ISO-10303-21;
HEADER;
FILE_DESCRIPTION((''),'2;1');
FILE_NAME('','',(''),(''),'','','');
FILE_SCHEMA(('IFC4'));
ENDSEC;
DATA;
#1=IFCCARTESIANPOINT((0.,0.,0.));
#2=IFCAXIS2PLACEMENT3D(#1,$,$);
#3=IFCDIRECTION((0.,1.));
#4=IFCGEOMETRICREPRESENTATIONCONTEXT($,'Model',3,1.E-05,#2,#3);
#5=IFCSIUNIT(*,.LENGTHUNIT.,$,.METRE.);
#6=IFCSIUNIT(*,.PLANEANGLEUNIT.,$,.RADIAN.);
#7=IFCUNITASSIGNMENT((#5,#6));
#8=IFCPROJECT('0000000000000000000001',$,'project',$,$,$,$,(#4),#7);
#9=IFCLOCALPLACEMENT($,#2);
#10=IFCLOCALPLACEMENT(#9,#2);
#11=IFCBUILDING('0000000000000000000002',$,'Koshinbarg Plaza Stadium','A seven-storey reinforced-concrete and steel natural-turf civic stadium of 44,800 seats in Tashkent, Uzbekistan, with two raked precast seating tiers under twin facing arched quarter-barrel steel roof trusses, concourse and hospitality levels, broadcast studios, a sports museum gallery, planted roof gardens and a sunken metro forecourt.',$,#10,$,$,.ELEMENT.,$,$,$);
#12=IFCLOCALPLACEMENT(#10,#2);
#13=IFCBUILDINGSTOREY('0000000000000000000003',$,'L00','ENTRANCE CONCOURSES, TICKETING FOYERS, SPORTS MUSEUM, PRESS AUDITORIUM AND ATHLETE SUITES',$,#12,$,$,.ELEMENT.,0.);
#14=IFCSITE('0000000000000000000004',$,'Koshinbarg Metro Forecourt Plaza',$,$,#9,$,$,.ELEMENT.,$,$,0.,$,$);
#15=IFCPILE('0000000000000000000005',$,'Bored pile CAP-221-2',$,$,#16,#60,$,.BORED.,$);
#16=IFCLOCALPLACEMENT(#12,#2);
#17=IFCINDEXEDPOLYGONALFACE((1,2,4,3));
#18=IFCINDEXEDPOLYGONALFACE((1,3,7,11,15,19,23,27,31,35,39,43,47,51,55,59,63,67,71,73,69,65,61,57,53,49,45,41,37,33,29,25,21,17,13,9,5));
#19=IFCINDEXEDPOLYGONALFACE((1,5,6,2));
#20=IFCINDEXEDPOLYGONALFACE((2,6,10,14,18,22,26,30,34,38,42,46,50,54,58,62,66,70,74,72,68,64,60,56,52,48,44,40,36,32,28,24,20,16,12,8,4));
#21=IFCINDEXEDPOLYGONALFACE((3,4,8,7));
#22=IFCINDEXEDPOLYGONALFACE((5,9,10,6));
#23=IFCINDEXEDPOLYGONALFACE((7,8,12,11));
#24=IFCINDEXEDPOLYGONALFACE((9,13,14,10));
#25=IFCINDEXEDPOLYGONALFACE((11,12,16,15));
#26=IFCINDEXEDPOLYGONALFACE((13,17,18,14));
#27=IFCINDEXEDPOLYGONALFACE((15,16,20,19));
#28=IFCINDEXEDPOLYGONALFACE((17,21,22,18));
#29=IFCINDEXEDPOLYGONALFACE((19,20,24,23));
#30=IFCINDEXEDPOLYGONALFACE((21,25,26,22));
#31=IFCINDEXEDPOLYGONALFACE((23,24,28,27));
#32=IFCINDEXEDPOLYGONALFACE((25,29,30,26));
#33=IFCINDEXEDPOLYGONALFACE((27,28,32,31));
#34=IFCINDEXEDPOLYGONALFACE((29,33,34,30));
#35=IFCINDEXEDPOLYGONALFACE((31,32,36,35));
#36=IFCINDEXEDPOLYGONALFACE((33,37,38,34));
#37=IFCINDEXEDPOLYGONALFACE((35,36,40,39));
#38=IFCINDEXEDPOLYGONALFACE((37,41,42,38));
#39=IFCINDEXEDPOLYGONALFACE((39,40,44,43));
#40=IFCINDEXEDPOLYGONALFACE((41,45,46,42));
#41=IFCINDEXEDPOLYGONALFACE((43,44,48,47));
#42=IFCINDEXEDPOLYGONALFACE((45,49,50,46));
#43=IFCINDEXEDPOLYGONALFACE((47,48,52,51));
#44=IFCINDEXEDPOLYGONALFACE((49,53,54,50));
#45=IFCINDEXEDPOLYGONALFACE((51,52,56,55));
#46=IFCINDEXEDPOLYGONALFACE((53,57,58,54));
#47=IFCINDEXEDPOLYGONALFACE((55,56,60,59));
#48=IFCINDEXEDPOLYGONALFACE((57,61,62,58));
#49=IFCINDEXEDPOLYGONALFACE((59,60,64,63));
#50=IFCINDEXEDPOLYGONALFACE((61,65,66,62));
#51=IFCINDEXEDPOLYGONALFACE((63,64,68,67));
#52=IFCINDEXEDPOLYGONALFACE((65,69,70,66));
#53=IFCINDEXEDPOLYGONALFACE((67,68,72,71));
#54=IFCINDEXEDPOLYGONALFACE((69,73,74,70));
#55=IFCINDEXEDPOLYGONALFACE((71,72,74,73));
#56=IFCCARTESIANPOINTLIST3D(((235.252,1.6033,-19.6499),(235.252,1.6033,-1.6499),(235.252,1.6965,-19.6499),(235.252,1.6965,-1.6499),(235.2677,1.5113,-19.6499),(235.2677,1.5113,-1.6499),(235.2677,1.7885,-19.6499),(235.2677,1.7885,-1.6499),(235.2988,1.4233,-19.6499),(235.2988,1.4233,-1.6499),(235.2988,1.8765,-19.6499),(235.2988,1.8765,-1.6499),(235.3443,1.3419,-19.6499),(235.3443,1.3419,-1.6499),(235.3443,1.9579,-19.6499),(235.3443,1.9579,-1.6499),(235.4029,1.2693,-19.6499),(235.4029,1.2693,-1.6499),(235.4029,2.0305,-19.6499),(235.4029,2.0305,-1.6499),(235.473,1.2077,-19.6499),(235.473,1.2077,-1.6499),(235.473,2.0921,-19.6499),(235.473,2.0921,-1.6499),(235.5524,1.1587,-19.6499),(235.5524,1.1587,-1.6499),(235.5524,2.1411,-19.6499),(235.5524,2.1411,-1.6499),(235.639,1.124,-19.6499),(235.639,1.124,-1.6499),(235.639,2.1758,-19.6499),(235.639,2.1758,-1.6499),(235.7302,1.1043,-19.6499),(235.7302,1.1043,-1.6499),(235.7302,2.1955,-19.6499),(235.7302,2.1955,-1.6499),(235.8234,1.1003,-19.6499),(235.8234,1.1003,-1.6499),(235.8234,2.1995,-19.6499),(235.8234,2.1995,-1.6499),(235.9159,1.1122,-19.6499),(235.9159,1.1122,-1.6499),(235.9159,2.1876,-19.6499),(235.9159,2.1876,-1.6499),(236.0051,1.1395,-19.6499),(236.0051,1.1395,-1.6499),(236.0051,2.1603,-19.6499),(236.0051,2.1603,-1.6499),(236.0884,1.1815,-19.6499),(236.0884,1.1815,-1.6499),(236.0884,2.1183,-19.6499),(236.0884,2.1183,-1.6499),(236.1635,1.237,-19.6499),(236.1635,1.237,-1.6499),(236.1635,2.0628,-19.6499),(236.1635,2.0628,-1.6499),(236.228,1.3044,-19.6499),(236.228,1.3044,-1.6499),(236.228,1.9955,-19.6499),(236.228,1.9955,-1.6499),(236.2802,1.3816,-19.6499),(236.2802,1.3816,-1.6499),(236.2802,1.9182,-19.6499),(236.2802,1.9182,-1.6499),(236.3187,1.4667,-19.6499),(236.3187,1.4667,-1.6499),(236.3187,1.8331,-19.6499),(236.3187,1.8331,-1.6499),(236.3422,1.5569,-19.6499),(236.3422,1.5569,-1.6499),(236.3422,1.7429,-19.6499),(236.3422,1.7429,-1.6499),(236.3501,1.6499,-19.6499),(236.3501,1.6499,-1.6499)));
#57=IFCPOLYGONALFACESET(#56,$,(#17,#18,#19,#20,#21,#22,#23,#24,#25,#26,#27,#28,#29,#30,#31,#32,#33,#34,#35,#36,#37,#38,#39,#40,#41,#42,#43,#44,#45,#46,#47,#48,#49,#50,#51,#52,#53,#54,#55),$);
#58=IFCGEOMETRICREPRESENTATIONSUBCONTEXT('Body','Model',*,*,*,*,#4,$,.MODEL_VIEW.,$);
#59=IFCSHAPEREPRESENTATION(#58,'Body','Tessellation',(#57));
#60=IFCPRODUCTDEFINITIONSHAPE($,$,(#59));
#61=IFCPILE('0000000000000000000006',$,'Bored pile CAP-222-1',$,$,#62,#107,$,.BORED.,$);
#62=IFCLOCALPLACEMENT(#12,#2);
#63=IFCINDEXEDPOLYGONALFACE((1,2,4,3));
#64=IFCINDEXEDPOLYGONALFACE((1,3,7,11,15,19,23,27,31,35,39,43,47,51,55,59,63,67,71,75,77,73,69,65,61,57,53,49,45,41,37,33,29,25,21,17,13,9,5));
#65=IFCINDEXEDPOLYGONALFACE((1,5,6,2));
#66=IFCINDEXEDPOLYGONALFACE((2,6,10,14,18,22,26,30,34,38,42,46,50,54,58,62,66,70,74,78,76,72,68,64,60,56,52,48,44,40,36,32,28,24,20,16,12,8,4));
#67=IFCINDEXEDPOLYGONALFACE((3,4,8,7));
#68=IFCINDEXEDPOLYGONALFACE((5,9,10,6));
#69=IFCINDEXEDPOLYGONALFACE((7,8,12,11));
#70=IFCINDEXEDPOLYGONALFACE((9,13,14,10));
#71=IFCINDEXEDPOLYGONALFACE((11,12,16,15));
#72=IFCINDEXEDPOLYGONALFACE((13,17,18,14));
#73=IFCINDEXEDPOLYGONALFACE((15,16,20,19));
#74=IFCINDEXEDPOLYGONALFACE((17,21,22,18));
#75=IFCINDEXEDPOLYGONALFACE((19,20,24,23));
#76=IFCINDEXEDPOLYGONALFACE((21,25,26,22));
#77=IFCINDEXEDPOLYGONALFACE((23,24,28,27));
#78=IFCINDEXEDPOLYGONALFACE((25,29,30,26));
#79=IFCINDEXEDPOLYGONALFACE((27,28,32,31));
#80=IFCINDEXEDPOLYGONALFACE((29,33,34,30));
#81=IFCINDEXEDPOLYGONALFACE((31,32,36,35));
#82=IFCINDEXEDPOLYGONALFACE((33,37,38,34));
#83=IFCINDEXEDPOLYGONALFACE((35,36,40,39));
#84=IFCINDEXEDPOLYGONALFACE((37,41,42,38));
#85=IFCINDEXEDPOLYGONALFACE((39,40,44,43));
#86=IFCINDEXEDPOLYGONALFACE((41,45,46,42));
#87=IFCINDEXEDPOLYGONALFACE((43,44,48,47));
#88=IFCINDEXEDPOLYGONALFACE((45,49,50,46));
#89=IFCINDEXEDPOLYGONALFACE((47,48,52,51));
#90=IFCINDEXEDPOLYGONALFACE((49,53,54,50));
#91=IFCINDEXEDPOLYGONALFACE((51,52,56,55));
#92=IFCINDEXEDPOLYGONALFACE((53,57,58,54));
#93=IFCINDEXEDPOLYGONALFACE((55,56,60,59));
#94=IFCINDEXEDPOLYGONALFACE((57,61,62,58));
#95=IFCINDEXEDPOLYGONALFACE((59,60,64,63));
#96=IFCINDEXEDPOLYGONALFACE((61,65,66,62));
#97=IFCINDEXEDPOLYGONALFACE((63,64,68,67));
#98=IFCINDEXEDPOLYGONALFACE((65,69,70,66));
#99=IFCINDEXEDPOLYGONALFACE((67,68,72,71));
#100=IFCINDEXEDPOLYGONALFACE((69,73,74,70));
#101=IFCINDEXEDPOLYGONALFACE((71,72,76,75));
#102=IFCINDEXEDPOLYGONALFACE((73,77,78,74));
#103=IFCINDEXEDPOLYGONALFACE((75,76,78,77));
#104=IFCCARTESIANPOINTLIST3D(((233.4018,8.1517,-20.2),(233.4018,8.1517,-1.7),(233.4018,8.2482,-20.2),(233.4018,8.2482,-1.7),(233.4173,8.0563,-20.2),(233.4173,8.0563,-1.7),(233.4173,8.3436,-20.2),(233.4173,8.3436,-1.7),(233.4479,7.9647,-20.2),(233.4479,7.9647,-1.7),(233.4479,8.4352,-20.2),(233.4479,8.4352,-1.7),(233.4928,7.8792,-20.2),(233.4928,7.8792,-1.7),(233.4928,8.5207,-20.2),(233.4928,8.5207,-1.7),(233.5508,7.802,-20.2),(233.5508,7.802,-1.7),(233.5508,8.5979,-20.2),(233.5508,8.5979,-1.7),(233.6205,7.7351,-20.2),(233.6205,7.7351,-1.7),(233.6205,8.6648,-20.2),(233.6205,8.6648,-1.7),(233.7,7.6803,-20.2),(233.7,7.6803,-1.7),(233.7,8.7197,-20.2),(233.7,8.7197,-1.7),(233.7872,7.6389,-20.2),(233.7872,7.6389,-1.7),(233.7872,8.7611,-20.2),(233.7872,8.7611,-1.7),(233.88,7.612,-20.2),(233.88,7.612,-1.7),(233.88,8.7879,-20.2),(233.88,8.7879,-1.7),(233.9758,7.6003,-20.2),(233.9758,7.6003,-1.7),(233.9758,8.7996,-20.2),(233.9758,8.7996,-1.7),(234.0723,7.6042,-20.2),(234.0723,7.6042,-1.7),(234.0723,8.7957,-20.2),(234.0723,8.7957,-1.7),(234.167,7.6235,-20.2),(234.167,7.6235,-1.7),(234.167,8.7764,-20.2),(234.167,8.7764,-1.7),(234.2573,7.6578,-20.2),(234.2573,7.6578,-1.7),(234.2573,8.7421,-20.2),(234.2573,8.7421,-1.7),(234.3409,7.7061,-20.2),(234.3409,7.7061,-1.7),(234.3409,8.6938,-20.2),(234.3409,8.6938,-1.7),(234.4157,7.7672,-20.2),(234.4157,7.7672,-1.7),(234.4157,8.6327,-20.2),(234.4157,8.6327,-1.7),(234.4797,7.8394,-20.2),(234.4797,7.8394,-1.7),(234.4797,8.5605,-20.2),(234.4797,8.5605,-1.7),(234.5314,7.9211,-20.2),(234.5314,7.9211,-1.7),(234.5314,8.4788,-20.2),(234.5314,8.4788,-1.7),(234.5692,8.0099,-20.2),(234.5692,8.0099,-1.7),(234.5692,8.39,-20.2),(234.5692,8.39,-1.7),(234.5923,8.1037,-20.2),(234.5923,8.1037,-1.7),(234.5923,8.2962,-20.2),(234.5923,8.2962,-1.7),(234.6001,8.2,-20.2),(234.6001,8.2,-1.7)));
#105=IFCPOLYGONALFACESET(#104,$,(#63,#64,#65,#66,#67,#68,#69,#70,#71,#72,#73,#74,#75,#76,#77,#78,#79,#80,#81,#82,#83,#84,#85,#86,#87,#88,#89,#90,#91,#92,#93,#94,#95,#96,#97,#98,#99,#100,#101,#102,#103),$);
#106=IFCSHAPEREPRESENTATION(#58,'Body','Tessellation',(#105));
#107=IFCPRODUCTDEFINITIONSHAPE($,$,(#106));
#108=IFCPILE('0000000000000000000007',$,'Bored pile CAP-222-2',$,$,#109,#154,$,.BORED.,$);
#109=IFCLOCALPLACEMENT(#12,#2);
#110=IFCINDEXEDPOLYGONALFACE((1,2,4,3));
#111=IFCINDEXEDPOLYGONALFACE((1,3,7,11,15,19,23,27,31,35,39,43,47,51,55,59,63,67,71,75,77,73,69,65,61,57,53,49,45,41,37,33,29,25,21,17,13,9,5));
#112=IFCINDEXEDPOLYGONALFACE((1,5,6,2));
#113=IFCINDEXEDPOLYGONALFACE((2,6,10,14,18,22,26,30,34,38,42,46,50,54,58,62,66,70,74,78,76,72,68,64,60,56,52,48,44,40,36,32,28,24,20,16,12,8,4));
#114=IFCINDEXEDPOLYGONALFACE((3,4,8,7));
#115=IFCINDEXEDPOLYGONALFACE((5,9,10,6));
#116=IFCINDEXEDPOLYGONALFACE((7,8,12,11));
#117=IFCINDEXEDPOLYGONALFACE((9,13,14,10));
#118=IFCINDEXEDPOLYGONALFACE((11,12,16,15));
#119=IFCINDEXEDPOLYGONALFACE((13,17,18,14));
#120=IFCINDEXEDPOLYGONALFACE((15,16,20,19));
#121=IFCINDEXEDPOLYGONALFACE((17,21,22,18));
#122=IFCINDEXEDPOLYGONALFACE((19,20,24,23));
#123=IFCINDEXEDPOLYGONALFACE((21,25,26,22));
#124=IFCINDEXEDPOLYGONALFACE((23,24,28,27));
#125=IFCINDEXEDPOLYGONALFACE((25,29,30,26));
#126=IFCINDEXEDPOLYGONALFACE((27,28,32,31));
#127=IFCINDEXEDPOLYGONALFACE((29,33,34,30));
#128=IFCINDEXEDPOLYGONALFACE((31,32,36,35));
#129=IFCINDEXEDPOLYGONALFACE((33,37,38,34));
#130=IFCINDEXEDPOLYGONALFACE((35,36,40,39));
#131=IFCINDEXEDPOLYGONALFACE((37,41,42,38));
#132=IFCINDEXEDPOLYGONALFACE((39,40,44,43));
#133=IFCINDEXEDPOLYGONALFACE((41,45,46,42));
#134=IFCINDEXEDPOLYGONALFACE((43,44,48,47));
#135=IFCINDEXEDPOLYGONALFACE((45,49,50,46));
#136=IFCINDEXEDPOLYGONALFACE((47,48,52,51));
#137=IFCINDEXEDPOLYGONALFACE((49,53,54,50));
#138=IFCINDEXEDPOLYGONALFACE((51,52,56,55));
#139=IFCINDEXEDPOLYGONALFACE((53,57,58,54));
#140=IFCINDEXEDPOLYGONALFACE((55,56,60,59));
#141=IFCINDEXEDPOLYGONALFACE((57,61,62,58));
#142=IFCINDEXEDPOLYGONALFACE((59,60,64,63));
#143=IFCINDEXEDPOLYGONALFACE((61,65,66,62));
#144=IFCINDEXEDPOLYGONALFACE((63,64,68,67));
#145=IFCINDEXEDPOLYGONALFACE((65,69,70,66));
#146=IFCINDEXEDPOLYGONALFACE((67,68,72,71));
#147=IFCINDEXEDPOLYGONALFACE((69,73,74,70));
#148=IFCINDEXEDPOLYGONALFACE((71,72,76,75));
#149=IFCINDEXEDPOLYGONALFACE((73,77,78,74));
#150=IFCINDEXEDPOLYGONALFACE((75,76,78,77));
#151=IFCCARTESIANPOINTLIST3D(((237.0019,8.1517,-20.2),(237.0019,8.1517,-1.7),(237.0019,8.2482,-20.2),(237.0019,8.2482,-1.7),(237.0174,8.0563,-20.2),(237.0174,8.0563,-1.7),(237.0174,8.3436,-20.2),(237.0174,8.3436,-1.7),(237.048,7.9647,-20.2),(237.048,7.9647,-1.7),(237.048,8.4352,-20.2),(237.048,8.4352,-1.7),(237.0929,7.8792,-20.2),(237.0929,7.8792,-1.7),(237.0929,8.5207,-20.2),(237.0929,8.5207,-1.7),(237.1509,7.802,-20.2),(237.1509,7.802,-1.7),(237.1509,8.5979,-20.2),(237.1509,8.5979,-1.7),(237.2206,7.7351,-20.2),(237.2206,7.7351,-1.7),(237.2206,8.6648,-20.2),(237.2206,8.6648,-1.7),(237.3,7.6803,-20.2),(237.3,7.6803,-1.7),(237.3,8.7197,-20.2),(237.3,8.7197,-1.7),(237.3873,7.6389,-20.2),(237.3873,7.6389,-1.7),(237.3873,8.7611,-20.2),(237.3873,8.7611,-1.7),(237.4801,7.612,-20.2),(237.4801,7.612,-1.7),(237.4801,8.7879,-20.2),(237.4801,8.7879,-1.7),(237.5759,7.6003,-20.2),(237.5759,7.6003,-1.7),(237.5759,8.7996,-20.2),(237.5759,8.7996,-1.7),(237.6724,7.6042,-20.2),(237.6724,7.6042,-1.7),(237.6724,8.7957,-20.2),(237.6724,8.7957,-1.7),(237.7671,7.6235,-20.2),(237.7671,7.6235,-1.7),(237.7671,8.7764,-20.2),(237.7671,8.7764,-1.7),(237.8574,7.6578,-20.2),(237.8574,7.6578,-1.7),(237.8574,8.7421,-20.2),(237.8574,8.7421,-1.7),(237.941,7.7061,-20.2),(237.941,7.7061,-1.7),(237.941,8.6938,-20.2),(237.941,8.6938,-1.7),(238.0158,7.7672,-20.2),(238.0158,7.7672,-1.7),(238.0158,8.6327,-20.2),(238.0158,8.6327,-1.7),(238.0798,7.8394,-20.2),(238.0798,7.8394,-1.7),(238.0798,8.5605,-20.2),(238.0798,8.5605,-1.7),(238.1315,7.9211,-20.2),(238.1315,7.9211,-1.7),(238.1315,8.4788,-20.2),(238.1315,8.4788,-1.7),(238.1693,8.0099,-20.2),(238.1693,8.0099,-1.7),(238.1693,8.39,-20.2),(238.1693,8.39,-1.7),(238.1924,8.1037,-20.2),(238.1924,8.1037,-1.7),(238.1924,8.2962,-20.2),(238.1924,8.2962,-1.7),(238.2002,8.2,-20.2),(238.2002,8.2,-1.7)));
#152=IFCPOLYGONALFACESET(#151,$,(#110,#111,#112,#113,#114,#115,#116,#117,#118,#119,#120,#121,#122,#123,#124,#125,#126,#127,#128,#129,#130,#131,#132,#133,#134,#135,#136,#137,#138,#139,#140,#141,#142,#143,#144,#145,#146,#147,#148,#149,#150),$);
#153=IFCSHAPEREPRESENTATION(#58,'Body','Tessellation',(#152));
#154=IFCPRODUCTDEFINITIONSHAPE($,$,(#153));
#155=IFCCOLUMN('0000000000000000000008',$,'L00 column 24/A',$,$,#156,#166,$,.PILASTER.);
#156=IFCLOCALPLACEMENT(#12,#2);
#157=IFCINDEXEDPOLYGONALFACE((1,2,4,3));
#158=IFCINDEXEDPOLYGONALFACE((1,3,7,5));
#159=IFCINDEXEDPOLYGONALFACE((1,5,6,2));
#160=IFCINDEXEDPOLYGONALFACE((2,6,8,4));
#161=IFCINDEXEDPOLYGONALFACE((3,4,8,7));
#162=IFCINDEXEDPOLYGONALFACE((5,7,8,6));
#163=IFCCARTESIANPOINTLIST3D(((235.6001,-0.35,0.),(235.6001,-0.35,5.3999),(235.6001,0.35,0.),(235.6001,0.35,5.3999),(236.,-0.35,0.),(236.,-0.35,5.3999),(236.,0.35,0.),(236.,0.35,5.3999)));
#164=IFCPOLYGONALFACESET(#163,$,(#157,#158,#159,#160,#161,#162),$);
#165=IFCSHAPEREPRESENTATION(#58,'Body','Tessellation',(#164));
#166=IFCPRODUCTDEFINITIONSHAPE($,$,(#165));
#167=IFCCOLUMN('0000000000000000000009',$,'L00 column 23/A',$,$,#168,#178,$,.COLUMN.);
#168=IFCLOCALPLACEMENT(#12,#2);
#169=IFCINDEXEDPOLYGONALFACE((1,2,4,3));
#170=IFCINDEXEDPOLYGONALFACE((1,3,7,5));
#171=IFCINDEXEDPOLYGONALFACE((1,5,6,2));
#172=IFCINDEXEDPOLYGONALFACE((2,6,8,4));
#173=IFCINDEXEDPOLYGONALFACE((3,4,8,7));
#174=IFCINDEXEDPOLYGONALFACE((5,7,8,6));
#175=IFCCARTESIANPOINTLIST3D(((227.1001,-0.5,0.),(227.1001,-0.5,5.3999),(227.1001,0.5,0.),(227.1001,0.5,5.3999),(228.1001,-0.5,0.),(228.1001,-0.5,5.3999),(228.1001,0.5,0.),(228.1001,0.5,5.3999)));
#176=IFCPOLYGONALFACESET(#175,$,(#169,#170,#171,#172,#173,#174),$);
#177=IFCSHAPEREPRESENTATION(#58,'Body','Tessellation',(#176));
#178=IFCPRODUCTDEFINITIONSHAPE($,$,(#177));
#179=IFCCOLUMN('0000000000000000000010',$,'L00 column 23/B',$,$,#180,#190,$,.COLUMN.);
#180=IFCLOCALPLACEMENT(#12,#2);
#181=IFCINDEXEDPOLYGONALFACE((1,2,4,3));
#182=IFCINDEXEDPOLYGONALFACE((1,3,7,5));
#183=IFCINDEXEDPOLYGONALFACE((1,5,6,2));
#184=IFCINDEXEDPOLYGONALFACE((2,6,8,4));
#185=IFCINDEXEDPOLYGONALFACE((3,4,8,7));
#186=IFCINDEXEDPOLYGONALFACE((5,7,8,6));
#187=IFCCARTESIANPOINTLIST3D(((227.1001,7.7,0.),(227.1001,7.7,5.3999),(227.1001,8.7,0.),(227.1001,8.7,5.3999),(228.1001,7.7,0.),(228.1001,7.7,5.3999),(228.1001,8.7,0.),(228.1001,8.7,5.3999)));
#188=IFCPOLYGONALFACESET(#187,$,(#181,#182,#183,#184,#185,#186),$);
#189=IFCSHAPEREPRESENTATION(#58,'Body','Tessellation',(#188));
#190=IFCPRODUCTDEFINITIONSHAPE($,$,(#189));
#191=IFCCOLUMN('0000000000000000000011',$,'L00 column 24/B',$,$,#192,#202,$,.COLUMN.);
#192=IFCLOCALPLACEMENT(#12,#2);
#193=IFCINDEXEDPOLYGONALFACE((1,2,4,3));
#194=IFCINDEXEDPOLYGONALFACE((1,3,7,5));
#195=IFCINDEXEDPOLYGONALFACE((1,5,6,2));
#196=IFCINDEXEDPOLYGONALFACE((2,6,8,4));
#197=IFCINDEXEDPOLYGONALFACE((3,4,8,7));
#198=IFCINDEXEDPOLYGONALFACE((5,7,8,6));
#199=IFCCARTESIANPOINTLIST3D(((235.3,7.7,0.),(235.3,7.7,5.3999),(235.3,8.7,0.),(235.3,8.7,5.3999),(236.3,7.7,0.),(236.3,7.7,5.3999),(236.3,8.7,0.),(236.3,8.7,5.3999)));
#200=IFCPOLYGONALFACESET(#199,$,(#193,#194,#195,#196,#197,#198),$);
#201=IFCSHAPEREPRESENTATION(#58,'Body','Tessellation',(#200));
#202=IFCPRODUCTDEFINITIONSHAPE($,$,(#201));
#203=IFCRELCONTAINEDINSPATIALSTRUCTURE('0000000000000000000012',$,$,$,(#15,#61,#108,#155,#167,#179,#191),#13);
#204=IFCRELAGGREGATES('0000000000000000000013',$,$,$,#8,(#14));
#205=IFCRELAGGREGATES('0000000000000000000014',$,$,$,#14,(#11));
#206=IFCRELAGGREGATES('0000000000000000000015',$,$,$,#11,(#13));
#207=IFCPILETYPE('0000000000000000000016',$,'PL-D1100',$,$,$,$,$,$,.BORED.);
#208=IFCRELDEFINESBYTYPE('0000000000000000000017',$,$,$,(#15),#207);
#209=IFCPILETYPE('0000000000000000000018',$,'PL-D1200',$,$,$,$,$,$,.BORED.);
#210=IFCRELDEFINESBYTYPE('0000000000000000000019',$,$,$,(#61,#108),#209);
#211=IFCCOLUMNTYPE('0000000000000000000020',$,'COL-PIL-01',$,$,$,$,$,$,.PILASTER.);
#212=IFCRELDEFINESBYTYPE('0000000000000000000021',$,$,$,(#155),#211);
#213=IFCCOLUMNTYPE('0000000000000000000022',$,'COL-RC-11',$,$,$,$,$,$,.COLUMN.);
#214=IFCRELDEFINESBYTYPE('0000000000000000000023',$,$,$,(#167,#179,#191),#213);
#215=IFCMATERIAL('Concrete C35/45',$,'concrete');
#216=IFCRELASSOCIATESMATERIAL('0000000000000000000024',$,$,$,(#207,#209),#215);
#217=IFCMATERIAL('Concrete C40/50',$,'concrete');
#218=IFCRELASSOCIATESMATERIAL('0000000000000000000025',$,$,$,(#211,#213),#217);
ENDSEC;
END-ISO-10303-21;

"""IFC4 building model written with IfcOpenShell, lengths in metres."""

from ifc_helpers import new_model, si_unit, direction, frame, origin, origin_2d, place, context, subcontext, project, spatial, rectangle, circle, extrude, material, material_profile, profile_set, type_object, element, save


model = new_model("IFC4")

# Units and contexts
model_context = context("Model", 3, precision=1e-05, world=origin(), true_north=direction((0.0, 1.0)))
body_context = subcontext(model_context, "Body", "Model", "MODEL_VIEW")
ifc_project = project(units=[si_unit("LENGTHUNIT", "METRE"), si_unit("PLANEANGLEUNIT", "RADIAN")], contexts=[model_context])

# Site, building, storey
site_placement = place(None, origin())
site = spatial("IfcSite", under=ifc_project, at=site_placement, Name="Koshinbarg Metro Forecourt Plaza", CompositionType="ELEMENT", RefElevation=0.0)
building_placement = place(site_placement, origin())
building = spatial("IfcBuilding", under=site, at=building_placement, Name="Koshinbarg Plaza Stadium", Description="A seven-storey reinforced-concrete and steel natural-turf civic stadium of 44,800 seats in Tashkent, Uzbekistan, with two raked precast seating tiers under twin facing arched quarter-barrel steel roof trusses, concourse and hospitality levels, broadcast studios, a sports museum gallery, planted roof gardens and a sunken metro forecourt.", CompositionType="ELEMENT")
storey_placement = place(building_placement, origin())
storey = spatial("IfcBuildingStorey", under=building, at=storey_placement, Name="L00", Description="ENTRANCE CONCOURSES, TICKETING FOYERS, SPORTS MUSEUM, PRESS AUDITORIUM AND ATHLETE SUITES", CompositionType="ELEMENT", Elevation=0.0)

# Shared definitions
ifc_material_1 = material(Name="Concrete C35/45", Category="concrete")

# Piles
ifc_material_profile_1 = material_profile(ifc_material_1, circle(Radius=0.55, at=origin_2d()), Name="PILE D1100")
ifc_profile_set_1 = profile_set([ifc_material_profile_1], Name="Concrete C35/45")
pile_type_1 = type_object("IfcPileType", Name="PL-D1100", PredefinedType="BORED", material=ifc_profile_set_1)
for number, where, z_axis, x_axis, name in (
    (1, (235.8, 1.6499, -1.6499), (0.0, 0.0, -1.0), (1.0, 0.0, 0.0), "Bored pile CAP-221-2"),
):
    element("IfcPile", number, at=place(storey_placement, frame(where, z_axis=z_axis, x_axis=x_axis)), inside=storey, type_object=pile_type_1, Name=name, PredefinedType="BORED", context=body_context, shape_type="SweptSolid", body=[
        extrude(circle(Radius=0.55, at=origin_2d()), origin(), (0.0, 0.0, 1.0), 18.0),
    ])
ifc_material_profile_2 = material_profile(ifc_material_1, circle(Radius=0.6001, at=origin_2d()), Name="PILE D1200")
ifc_profile_set_2 = profile_set([ifc_material_profile_2], Name="Concrete C35/45")
pile_type_2 = type_object("IfcPileType", Name="PL-D1200", PredefinedType="BORED", material=ifc_profile_set_2)
for number, where, z_axis, x_axis, name in (
    (2, (234.0, 8.2, -1.7), (0.0, 0.0, -1.0), (1.0, 0.0, 0.0), "Bored pile CAP-222-1"),
    (3, (237.6001, 8.2, -1.7), (0.0, 0.0, -1.0), (1.0, 0.0, 0.0), "Bored pile CAP-222-2"),
):
    element("IfcPile", number, at=place(storey_placement, frame(where, z_axis=z_axis, x_axis=x_axis)), inside=storey, type_object=pile_type_2, Name=name, PredefinedType="BORED", context=body_context, shape_type="SweptSolid", body=[
        extrude(circle(Radius=0.6001, at=origin_2d()), origin(), (0.0, 0.0, 1.0), 18.5),
    ])

# Columns
ifc_material_2 = material(Name="Concrete C40/50", Category="concrete")
ifc_material_profile_3 = material_profile(ifc_material_2, rectangle(XDim=0.3999, YDim=0.7, at=origin_2d()), Name="PIL 400x700")
ifc_profile_set_3 = profile_set([ifc_material_profile_3], Name="Concrete C40/50")
column_type_1 = type_object("IfcColumnType", Name="COL-PIL-01", PredefinedType="PILASTER", material=ifc_profile_set_3)
column_placement = place(storey_placement, frame((235.8, 0.0, 0.0), z_axis=(0.0, 0.0, 1.0), x_axis=(1.0, 0.0, 0.0)))
element("IfcColumn", 4, at=column_placement, inside=storey, type_object=column_type_1, Name="L00 column 24/A", PredefinedType="PILASTER", context=body_context, shape_type="SweptSolid", body=[
    extrude(rectangle(XDim=0.3999, YDim=0.7, at=origin_2d()), origin(), (0.0, 0.0, 1.0), 5.3999),
])
ifc_material_profile_4 = material_profile(ifc_material_2, rectangle(XDim=1.0, YDim=1.0, at=origin_2d()), Name="RC 1000x1000")
ifc_profile_set_4 = profile_set([ifc_material_profile_4], Name="Concrete C40/50")
column_type_2 = type_object("IfcColumnType", Name="COL-RC-11", PredefinedType="COLUMN", material=ifc_profile_set_4)
for number, where, z_axis, x_axis, name in (
    (5, (227.6001, 0.0, 0.0), (0.0, 0.0, 1.0), (1.0, 0.0, 0.0), "L00 column 23/A"),
    (6, (227.6001, 8.2, 0.0), (0.0, 0.0, 1.0), (1.0, 0.0, 0.0), "L00 column 23/B"),
    (7, (235.8, 8.2, 0.0), (0.0, 0.0, 1.0), (1.0, 0.0, 0.0), "L00 column 24/B"),
):
    element("IfcColumn", number, at=place(storey_placement, frame(where, z_axis=z_axis, x_axis=x_axis)), inside=storey, type_object=column_type_2, Name=name, PredefinedType="COLUMN", context=body_context, shape_type="SweptSolid", body=[
        extrude(rectangle(XDim=1.0, YDim=1.0, at=origin_2d()), origin(), (0.0, 0.0, 1.0), 5.3999),
    ])

save(model, "model.ifc")
